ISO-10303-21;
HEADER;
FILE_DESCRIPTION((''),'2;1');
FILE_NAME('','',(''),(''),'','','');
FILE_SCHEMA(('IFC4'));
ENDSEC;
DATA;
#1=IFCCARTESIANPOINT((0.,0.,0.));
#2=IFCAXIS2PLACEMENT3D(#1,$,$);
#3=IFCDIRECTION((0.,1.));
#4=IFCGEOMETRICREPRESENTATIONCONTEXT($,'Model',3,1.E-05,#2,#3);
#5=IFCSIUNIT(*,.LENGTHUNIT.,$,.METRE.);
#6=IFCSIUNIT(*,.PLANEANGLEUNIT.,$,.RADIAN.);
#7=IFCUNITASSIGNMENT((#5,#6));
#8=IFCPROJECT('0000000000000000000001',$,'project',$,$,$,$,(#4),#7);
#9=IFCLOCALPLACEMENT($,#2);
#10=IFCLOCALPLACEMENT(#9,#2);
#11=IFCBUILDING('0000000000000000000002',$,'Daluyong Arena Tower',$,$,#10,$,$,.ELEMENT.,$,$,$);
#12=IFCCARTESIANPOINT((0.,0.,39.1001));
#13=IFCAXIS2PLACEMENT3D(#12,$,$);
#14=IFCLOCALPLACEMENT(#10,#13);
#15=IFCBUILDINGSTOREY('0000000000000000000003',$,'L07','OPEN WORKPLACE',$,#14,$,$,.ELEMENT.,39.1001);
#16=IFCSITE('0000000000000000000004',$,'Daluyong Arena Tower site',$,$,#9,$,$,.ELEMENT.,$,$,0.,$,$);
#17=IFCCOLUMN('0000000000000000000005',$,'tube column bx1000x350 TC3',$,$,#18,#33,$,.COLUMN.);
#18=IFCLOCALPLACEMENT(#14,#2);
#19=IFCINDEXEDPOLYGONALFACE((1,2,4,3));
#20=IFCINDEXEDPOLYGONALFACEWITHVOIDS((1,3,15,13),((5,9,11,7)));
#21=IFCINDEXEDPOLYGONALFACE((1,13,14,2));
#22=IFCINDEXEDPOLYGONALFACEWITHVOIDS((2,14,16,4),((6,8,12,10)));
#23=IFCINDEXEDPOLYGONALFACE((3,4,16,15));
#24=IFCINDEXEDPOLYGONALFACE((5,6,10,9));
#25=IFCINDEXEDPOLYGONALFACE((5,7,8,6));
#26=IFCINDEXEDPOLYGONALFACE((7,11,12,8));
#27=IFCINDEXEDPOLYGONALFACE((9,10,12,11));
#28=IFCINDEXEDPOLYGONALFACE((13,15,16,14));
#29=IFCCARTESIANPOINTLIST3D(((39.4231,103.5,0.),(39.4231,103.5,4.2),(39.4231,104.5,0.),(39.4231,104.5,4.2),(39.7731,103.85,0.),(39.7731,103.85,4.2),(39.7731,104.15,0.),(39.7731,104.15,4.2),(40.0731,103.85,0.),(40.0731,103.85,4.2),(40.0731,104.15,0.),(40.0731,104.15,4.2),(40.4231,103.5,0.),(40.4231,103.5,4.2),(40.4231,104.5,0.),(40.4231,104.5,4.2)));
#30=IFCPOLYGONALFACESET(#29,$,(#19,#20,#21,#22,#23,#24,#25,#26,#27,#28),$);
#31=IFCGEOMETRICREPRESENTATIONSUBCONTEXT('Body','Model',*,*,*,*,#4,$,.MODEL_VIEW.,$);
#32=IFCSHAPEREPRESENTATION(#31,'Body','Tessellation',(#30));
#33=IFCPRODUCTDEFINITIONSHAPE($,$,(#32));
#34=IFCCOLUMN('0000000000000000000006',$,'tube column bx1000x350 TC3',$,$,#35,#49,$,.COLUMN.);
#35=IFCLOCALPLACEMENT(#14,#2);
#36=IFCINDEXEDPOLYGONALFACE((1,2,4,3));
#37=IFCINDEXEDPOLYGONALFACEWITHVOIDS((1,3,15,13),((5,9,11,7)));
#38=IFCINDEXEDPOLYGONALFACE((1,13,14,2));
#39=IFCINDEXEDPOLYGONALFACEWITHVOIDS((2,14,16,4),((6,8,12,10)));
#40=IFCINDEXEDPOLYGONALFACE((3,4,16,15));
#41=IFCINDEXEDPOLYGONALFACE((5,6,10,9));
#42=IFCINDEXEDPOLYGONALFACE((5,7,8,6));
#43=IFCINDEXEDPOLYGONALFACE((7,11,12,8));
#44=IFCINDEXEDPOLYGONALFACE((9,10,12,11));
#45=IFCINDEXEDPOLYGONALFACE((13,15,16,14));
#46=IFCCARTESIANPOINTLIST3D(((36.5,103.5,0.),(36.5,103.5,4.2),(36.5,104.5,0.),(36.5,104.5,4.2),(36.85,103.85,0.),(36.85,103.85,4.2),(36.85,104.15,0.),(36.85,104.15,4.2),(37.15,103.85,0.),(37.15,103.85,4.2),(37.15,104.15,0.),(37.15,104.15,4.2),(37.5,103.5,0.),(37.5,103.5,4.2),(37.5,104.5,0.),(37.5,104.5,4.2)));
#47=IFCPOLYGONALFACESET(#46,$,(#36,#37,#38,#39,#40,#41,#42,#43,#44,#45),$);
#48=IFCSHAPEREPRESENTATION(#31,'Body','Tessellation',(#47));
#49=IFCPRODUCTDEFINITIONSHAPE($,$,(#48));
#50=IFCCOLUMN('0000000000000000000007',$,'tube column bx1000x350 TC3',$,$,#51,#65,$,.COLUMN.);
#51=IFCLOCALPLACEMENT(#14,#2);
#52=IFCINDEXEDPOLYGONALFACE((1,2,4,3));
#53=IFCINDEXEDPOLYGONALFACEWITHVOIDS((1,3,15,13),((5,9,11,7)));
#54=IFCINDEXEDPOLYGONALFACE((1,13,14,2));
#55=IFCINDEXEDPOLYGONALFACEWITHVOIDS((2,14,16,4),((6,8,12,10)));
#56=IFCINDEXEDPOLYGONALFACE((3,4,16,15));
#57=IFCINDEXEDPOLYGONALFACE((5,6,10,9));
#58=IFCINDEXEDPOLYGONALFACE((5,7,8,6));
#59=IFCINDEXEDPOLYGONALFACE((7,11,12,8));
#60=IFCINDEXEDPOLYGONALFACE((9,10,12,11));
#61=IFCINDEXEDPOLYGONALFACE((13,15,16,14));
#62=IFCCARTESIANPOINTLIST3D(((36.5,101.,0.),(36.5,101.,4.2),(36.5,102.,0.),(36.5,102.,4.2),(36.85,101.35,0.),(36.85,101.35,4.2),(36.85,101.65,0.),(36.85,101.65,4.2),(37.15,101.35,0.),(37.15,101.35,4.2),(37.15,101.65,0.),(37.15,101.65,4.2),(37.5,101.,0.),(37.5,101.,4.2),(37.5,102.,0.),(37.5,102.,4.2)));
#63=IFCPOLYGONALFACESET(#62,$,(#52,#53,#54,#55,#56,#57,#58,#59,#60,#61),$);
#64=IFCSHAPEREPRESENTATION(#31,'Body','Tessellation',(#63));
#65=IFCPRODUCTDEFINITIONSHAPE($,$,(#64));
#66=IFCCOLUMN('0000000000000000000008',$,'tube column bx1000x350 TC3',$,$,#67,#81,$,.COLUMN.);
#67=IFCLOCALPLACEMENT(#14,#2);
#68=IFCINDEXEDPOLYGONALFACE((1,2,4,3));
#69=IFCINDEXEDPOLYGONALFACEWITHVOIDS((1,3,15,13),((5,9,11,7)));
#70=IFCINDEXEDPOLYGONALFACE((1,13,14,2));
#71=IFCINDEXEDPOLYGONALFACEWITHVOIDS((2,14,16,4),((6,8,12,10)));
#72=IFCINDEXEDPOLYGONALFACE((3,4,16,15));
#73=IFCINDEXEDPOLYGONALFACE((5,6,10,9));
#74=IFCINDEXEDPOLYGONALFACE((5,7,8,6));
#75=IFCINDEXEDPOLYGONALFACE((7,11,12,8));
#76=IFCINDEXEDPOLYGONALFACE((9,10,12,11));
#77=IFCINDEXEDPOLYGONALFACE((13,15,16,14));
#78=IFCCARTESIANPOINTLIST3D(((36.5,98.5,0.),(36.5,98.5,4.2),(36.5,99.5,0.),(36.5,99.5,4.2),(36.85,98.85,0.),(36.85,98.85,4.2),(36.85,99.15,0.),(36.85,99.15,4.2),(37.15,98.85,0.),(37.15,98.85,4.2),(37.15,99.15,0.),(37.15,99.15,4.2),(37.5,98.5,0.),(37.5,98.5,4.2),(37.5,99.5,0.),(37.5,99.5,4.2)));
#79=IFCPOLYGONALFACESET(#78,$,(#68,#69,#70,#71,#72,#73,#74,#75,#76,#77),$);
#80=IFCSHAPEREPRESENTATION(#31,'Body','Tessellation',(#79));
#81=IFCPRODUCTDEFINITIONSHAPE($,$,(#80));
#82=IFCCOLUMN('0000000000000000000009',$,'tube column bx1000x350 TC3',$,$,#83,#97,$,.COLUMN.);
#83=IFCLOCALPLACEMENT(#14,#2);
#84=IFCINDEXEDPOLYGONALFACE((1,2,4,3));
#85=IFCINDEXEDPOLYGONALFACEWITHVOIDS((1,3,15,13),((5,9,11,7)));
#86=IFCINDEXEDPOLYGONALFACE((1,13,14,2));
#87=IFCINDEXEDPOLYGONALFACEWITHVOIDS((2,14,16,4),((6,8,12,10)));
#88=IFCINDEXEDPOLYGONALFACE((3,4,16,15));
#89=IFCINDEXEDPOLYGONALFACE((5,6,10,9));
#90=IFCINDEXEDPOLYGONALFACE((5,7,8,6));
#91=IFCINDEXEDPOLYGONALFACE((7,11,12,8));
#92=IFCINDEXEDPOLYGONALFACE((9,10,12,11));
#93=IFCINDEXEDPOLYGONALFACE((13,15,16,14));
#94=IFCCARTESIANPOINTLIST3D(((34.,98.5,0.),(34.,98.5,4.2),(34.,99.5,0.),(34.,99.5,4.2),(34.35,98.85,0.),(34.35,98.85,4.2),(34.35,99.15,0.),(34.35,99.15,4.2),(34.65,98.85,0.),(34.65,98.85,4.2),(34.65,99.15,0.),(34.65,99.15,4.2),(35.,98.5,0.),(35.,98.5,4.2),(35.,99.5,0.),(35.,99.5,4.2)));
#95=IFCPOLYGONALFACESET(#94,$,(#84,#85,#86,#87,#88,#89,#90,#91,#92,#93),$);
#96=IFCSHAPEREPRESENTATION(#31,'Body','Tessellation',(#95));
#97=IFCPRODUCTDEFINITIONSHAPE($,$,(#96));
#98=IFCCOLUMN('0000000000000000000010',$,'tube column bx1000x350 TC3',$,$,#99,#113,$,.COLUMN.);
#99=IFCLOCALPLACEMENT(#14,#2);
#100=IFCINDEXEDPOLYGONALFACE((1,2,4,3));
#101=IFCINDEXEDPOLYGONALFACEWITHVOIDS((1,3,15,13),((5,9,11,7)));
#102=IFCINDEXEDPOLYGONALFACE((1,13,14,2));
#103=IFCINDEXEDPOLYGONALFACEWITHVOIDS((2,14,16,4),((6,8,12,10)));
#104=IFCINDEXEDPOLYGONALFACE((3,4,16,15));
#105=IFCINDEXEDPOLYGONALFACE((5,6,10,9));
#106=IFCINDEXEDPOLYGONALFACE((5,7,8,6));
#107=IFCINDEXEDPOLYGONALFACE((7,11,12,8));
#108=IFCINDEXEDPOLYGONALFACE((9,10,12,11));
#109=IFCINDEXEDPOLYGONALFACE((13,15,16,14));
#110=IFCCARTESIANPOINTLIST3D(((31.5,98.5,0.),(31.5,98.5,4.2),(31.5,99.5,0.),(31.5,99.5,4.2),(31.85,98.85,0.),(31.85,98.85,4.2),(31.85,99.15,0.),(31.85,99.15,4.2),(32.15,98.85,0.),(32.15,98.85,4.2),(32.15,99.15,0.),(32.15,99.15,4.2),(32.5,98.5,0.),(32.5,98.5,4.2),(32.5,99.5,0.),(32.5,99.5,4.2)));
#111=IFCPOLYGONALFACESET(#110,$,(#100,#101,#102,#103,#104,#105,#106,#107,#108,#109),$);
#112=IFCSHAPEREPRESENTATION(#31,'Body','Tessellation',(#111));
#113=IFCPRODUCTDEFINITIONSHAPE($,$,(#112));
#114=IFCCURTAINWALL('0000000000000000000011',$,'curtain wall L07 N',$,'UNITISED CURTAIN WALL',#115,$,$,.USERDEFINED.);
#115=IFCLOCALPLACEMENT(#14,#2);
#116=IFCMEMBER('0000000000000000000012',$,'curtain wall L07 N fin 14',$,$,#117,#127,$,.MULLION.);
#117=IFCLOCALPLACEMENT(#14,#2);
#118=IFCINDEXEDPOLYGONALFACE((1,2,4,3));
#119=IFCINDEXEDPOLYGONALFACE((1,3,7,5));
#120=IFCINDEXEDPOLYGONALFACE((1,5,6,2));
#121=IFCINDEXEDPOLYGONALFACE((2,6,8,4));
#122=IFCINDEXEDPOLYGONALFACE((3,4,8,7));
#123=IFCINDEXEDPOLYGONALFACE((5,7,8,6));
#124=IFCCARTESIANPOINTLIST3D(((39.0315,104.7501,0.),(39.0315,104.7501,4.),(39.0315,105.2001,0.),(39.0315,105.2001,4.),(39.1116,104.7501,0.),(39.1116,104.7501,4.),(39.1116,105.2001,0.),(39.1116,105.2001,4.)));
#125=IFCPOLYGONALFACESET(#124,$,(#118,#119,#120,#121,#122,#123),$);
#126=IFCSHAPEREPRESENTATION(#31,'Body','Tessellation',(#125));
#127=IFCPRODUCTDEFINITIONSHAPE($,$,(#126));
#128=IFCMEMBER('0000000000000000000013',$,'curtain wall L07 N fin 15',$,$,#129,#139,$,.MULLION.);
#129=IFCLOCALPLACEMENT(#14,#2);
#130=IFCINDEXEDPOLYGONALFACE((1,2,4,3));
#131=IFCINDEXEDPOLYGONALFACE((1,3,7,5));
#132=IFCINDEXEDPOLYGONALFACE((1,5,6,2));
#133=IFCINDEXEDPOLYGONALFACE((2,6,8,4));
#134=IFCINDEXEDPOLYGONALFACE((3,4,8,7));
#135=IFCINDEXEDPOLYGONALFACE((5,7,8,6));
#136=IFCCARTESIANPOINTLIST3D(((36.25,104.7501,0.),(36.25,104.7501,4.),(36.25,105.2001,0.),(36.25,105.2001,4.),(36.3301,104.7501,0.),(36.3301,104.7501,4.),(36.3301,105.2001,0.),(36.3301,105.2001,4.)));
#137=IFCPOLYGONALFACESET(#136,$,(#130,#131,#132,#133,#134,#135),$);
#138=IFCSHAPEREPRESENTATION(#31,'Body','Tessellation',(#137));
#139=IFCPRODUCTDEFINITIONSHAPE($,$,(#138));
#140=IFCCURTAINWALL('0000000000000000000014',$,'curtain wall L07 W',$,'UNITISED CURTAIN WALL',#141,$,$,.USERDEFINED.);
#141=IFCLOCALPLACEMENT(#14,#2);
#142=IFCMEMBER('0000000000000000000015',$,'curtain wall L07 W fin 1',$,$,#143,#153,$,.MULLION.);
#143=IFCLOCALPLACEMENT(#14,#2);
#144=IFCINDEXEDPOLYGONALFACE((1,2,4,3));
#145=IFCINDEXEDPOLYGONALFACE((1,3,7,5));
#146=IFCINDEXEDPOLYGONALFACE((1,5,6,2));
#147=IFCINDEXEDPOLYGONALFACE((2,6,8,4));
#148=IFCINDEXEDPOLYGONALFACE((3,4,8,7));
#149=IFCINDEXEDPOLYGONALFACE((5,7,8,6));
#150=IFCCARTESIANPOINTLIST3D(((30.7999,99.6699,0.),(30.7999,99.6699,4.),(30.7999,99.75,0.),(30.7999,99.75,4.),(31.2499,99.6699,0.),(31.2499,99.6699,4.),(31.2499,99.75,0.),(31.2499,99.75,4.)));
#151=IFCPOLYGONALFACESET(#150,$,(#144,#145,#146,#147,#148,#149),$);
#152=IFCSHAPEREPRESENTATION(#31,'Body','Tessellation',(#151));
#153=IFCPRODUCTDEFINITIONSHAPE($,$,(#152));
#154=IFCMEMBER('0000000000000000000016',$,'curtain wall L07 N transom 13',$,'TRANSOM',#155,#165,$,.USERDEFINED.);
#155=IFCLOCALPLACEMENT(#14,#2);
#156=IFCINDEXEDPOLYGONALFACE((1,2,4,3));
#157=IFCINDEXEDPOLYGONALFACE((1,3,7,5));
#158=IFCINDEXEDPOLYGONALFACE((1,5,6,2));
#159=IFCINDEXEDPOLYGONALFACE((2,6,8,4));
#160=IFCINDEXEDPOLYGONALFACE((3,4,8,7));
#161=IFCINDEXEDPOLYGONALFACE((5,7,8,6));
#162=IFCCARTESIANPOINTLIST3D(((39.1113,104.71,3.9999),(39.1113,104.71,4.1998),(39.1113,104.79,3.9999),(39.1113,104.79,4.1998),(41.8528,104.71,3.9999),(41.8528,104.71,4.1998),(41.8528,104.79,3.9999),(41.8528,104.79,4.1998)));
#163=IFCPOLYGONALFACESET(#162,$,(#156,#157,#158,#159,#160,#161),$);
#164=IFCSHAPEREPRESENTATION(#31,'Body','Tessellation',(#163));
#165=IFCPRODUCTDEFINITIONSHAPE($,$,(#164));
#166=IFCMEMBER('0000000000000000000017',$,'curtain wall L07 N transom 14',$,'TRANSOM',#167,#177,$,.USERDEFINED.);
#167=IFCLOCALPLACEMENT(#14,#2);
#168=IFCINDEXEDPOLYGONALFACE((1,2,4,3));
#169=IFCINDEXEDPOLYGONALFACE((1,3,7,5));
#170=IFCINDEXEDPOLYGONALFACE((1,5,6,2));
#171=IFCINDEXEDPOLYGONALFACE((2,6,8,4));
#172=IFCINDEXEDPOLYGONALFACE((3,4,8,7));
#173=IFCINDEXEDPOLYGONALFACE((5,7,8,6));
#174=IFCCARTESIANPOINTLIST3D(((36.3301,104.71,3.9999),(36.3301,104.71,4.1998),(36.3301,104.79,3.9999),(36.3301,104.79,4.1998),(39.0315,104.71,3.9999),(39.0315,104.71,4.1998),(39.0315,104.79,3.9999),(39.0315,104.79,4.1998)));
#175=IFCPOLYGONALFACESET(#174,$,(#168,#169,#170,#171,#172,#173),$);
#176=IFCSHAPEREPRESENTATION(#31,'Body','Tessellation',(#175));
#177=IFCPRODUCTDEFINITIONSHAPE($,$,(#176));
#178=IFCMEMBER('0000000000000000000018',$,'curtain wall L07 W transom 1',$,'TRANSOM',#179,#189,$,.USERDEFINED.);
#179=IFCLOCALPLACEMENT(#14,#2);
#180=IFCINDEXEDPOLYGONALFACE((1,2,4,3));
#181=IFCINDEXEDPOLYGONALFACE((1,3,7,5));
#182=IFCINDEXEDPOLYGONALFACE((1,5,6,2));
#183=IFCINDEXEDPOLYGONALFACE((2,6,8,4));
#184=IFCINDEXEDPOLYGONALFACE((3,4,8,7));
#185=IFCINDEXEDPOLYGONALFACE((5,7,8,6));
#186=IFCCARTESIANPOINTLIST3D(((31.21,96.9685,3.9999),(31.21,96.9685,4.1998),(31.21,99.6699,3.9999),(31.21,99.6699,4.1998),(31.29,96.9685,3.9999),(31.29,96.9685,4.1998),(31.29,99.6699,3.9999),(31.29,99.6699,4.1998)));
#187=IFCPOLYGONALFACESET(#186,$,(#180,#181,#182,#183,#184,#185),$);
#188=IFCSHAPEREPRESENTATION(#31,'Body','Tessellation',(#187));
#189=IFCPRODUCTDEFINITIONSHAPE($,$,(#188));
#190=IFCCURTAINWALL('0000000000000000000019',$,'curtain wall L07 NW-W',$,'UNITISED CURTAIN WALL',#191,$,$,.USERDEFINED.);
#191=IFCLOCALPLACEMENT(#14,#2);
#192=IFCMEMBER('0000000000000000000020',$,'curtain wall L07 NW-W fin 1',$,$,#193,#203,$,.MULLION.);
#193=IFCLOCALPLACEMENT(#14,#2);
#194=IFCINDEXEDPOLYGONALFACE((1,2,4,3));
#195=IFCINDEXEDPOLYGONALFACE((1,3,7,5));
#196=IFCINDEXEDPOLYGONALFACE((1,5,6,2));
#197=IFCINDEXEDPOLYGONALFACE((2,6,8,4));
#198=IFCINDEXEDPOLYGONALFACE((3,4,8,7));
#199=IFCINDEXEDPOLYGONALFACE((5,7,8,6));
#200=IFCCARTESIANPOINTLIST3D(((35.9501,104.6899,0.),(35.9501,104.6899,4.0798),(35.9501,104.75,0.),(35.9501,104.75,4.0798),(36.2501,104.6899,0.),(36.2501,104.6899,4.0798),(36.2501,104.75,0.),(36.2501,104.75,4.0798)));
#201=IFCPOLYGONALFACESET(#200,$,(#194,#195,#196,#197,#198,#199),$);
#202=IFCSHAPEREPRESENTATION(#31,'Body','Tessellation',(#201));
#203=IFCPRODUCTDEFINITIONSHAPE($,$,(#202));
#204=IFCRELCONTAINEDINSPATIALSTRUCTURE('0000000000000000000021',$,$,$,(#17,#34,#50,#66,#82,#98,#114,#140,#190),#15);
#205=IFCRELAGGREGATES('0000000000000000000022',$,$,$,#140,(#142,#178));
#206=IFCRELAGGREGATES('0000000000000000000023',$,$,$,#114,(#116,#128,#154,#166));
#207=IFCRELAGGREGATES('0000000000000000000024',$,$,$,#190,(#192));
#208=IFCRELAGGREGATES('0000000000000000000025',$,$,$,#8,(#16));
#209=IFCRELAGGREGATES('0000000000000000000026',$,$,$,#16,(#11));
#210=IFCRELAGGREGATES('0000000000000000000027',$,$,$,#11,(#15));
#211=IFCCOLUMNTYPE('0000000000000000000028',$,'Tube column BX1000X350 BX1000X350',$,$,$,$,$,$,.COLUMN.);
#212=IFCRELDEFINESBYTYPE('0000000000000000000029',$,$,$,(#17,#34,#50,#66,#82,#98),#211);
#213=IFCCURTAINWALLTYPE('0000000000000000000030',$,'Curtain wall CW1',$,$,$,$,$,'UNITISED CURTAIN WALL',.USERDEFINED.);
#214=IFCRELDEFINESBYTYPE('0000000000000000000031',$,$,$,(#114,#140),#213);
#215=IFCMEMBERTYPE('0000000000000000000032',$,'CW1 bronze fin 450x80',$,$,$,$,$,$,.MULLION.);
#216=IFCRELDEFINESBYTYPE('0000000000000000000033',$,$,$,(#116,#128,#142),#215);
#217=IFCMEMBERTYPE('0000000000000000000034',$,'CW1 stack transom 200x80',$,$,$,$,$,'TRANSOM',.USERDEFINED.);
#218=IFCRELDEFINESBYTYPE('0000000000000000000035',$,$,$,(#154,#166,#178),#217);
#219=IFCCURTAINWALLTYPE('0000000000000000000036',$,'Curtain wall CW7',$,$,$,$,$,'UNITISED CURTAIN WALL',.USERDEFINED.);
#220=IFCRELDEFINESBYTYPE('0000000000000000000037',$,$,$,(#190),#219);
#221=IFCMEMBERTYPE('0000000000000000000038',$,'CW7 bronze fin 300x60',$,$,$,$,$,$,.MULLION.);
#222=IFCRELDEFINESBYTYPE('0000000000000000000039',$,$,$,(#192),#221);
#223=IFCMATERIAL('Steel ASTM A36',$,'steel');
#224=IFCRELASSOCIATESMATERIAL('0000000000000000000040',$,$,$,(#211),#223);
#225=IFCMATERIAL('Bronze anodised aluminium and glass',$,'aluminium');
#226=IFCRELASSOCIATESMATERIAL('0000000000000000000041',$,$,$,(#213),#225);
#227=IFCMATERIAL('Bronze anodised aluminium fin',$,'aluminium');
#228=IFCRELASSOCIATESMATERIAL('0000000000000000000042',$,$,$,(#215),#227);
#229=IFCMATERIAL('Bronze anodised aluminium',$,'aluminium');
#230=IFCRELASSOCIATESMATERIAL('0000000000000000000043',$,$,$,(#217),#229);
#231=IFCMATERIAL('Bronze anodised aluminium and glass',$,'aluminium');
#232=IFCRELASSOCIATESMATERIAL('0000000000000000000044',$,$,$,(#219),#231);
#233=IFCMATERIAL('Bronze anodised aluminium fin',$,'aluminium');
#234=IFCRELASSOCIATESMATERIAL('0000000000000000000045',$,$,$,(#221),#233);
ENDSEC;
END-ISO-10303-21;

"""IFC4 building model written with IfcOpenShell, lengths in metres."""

from ifc_helpers import new_model, si_unit, direction, frame, origin, origin_2d, place, context, subcontext, project, spatial, rectangle, hollow_rectangle, extrude, material, material_profile, profile_set, type_object, element, aggregate, save


model = new_model("IFC4")

# Units and contexts
model_context = context("Model", 3, precision=1e-05, world=origin(), true_north=direction((0.0, 1.0)))
body_context = subcontext(model_context, "Body", "Model", "MODEL_VIEW")
ifc_project = project(units=[si_unit("LENGTHUNIT", "METRE"), si_unit("PLANEANGLEUNIT", "RADIAN")], contexts=[model_context])

# Site, building, storey
site_placement = place(None, origin())
site = spatial("IfcSite", under=ifc_project, at=site_placement, Name="Daluyong Arena Tower site", CompositionType="ELEMENT", RefElevation=0.0)
building_placement = place(site_placement, origin())
building = spatial("IfcBuilding", under=site, at=building_placement, Name="Daluyong Arena Tower", CompositionType="ELEMENT")
storey_placement = place(building_placement, frame((0.0, 0.0, 39.1001)))
storey = spatial("IfcBuildingStorey", under=building, at=storey_placement, Name="L07", Description="OPEN WORKPLACE", CompositionType="ELEMENT", Elevation=39.1001)

# Columns
ifc_material_1 = material(Name="Steel ASTM A36", Category="steel")
ifc_material_profile_1 = material_profile(ifc_material_1, hollow_rectangle(XDim=1.0, YDim=1.0, WallThickness=0.35, at=origin_2d()))
ifc_profile_set_1 = profile_set([ifc_material_profile_1], Name="Steel ASTM A36")
column_type = type_object("IfcColumnType", Name="Tube column BX1000X350 BX1000X350", PredefinedType="COLUMN", material=ifc_profile_set_1)
for number, where, z_axis, x_axis, name in (
    (1, (39.9231, 104.0, 0.0), (0.0, 0.0, 1.0), (1.0, 0.0, 0.0), "tube column bx1000x350 TC3"),
    (2, (37.0, 104.0, 0.0), (0.0, 0.0, 1.0), (0.0, 1.0, 0.0), "tube column bx1000x350 TC3"),
    (3, (37.0, 101.5, 0.0), (0.0, 0.0, 1.0), (0.0, 1.0, 0.0), "tube column bx1000x350 TC3"),
    (4, (37.0, 99.0, 0.0), (0.0, 0.0, 1.0), (1.0, 0.0, 0.0), "tube column bx1000x350 TC3"),
    (5, (34.5, 99.0, 0.0), (0.0, 0.0, 1.0), (1.0, 0.0, 0.0), "tube column bx1000x350 TC3"),
    (6, (32.0, 99.0, 0.0), (0.0, 0.0, 1.0), (0.0, 1.0, 0.0), "tube column bx1000x350 TC3"),
):
    element("IfcColumn", number, at=place(storey_placement, frame(where, z_axis=z_axis, x_axis=x_axis)), inside=storey, type_object=column_type, Name=name, PredefinedType="COLUMN", context=body_context, shape_type="SweptSolid", body=[
        extrude(hollow_rectangle(XDim=1.0, YDim=1.0, WallThickness=0.35, at=origin_2d()), origin(), (0.0, 0.0, 1.0), 4.2),
    ])

# Curtain wall, members
ifc_material_2 = material(Name="Bronze anodised aluminium and glass", Category="aluminium")
curtain_wall_type_1 = type_object("IfcCurtainWallType", Name="Curtain wall CW1", ElementType="UNITISED CURTAIN WALL", PredefinedType="USERDEFINED", material=ifc_material_2)
curtain_wall_1_placement = place(storey_placement, origin())
curtain_wall_1 = element("IfcCurtainWall", 7, at=curtain_wall_1_placement, inside=storey, type_object=curtain_wall_type_1, Name="curtain wall L07 N", ObjectType="UNITISED CURTAIN WALL", PredefinedType="USERDEFINED")
ifc_material_3 = material(Name="Bronze anodised aluminium fin", Category="aluminium")
ifc_material_profile_2 = material_profile(ifc_material_3, rectangle(XDim=0.45, YDim=0.0801, at=origin_2d()))
ifc_profile_set_2 = profile_set([ifc_material_profile_2], Name="Bronze anodised aluminium fin")
member_type_1 = type_object("IfcMemberType", Name="CW1 bronze fin 450x80", PredefinedType="MULLION", material=ifc_profile_set_2)
member_1_placement = place(storey_placement, frame((39.0715, 104.9751, 0.0), z_axis=(0.0, 0.0, 1.0), x_axis=(0.0, -1.0, 0.0)))
member_1 = element("IfcMember", 8, at=member_1_placement, type_object=member_type_1, Name="curtain wall L07 N fin 14", PredefinedType="MULLION", context=body_context, shape_type="SweptSolid", body=[
    extrude(rectangle(XDim=0.45, YDim=0.0801, at=origin_2d()), origin(), (0.0, 0.0, 1.0), 4.0),
])
member_2_placement = place(storey_placement, frame((36.29, 104.9751, 0.0), z_axis=(0.0, 0.0, 1.0), x_axis=(0.0, -1.0, 0.0)))
member_2 = element("IfcMember", 9, at=member_2_placement, type_object=member_type_1, Name="curtain wall L07 N fin 15", PredefinedType="MULLION", context=body_context, shape_type="SweptSolid", body=[
    extrude(rectangle(XDim=0.45, YDim=0.0801, at=origin_2d()), origin(), (0.0, 0.0, 1.0), 4.0),
])

# Curtain wall, member
curtain_wall_2_placement = place(storey_placement, origin())
curtain_wall_2 = element("IfcCurtainWall", 10, at=curtain_wall_2_placement, inside=storey, type_object=curtain_wall_type_1, Name="curtain wall L07 W", ObjectType="UNITISED CURTAIN WALL", PredefinedType="USERDEFINED")
member_3_placement = place(storey_placement, frame((31.0249, 99.71, 0.0), z_axis=(0.0, 0.0, 1.0), x_axis=(1.0, 0.0, 0.0)))
member_3 = element("IfcMember", 11, at=member_3_placement, type_object=member_type_1, Name="curtain wall L07 W fin 1", PredefinedType="MULLION", context=body_context, shape_type="SweptSolid", body=[
    extrude(rectangle(XDim=0.45, YDim=0.0801, at=origin_2d()), origin(), (0.0, 0.0, 1.0), 4.0),
])

# Members
ifc_material_4 = material(Name="Bronze anodised aluminium", Category="aluminium")
ifc_material_profile_3 = material_profile(ifc_material_4, rectangle(XDim=0.0801, YDim=0.2, at=origin_2d()))
ifc_profile_set_3 = profile_set([ifc_material_profile_3], Name="Bronze anodised aluminium")
member_type_2 = type_object("IfcMemberType", Name="CW1 stack transom 200x80", ElementType="TRANSOM", PredefinedType="USERDEFINED", material=ifc_profile_set_3)
member_4_placement = place(storey_placement, frame((41.8528, 104.75, 4.0999), z_axis=(-1.0, 0.0, 0.0), x_axis=(0.0, -1.0, 0.0)))
member_4 = element("IfcMember", 12, at=member_4_placement, type_object=member_type_2, Name="curtain wall L07 N transom 13", ObjectType="TRANSOM", PredefinedType="USERDEFINED", context=body_context, shape_type="SweptSolid", body=[
    extrude(rectangle(XDim=0.0801, YDim=0.2, at=origin_2d()), origin(), (0.0, 0.0, 1.0), 2.7415),
])
member_5_placement = place(storey_placement, frame((39.0315, 104.75, 4.0999), z_axis=(-1.0, 0.0, 0.0), x_axis=(0.0, -1.0, 0.0)))
member_5 = element("IfcMember", 13, at=member_5_placement, type_object=member_type_2, Name="curtain wall L07 N transom 14", ObjectType="TRANSOM", PredefinedType="USERDEFINED", context=body_context, shape_type="SweptSolid", body=[
    extrude(rectangle(XDim=0.0801, YDim=0.2, at=origin_2d()), origin(), (0.0, 0.0, 1.0), 2.7014),
])
member_6_placement = place(storey_placement, frame((31.25, 99.6699, 4.0999), z_axis=(0.0, -1.0, 0.0), x_axis=(1.0, 0.0, 0.0)))
member_6 = element("IfcMember", 14, at=member_6_placement, type_object=member_type_2, Name="curtain wall L07 W transom 1", ObjectType="TRANSOM", PredefinedType="USERDEFINED", context=body_context, shape_type="SweptSolid", body=[
    extrude(rectangle(XDim=0.0801, YDim=0.2, at=origin_2d()), origin(), (0.0, 0.0, 1.0), 2.7014),
])
aggregate(curtain_wall_2, [member_3, member_6])

# Curtain wall, member
ifc_material_5 = material(Name="Bronze anodised aluminium and glass", Category="aluminium")
curtain_wall_type_2 = type_object("IfcCurtainWallType", Name="Curtain wall CW7", ElementType="UNITISED CURTAIN WALL", PredefinedType="USERDEFINED", material=ifc_material_5)
curtain_wall_3_placement = place(storey_placement, origin())
curtain_wall_3 = element("IfcCurtainWall", 15, at=curtain_wall_3_placement, inside=storey, type_object=curtain_wall_type_2, Name="curtain wall L07 NW-W", ObjectType="UNITISED CURTAIN WALL", PredefinedType="USERDEFINED")
ifc_material_6 = material(Name="Bronze anodised aluminium fin", Category="aluminium")
ifc_material_profile_4 = material_profile(ifc_material_6, rectangle(XDim=0.3, YDim=0.0601, at=origin_2d()))
ifc_profile_set_4 = profile_set([ifc_material_profile_4], Name="Bronze anodised aluminium fin")
member_type_3 = type_object("IfcMemberType", Name="CW7 bronze fin 300x60", PredefinedType="MULLION", material=ifc_profile_set_4)
member_7_placement = place(storey_placement, frame((36.1001, 104.72, 0.0), z_axis=(0.0, 0.0, 1.0), x_axis=(1.0, 0.0, 0.0)))
member_7 = element("IfcMember", 16, at=member_7_placement, type_object=member_type_3, Name="curtain wall L07 NW-W fin 1", PredefinedType="MULLION", context=body_context, shape_type="SweptSolid", body=[
    extrude(rectangle(XDim=0.3, YDim=0.0601, at=origin_2d()), origin(), (0.0, 0.0, 1.0), 4.0798),
])

aggregate(curtain_wall_1, [member_1, member_2, member_4, member_5])
aggregate(curtain_wall_3, [member_7])

save(model, "model.ifc")
